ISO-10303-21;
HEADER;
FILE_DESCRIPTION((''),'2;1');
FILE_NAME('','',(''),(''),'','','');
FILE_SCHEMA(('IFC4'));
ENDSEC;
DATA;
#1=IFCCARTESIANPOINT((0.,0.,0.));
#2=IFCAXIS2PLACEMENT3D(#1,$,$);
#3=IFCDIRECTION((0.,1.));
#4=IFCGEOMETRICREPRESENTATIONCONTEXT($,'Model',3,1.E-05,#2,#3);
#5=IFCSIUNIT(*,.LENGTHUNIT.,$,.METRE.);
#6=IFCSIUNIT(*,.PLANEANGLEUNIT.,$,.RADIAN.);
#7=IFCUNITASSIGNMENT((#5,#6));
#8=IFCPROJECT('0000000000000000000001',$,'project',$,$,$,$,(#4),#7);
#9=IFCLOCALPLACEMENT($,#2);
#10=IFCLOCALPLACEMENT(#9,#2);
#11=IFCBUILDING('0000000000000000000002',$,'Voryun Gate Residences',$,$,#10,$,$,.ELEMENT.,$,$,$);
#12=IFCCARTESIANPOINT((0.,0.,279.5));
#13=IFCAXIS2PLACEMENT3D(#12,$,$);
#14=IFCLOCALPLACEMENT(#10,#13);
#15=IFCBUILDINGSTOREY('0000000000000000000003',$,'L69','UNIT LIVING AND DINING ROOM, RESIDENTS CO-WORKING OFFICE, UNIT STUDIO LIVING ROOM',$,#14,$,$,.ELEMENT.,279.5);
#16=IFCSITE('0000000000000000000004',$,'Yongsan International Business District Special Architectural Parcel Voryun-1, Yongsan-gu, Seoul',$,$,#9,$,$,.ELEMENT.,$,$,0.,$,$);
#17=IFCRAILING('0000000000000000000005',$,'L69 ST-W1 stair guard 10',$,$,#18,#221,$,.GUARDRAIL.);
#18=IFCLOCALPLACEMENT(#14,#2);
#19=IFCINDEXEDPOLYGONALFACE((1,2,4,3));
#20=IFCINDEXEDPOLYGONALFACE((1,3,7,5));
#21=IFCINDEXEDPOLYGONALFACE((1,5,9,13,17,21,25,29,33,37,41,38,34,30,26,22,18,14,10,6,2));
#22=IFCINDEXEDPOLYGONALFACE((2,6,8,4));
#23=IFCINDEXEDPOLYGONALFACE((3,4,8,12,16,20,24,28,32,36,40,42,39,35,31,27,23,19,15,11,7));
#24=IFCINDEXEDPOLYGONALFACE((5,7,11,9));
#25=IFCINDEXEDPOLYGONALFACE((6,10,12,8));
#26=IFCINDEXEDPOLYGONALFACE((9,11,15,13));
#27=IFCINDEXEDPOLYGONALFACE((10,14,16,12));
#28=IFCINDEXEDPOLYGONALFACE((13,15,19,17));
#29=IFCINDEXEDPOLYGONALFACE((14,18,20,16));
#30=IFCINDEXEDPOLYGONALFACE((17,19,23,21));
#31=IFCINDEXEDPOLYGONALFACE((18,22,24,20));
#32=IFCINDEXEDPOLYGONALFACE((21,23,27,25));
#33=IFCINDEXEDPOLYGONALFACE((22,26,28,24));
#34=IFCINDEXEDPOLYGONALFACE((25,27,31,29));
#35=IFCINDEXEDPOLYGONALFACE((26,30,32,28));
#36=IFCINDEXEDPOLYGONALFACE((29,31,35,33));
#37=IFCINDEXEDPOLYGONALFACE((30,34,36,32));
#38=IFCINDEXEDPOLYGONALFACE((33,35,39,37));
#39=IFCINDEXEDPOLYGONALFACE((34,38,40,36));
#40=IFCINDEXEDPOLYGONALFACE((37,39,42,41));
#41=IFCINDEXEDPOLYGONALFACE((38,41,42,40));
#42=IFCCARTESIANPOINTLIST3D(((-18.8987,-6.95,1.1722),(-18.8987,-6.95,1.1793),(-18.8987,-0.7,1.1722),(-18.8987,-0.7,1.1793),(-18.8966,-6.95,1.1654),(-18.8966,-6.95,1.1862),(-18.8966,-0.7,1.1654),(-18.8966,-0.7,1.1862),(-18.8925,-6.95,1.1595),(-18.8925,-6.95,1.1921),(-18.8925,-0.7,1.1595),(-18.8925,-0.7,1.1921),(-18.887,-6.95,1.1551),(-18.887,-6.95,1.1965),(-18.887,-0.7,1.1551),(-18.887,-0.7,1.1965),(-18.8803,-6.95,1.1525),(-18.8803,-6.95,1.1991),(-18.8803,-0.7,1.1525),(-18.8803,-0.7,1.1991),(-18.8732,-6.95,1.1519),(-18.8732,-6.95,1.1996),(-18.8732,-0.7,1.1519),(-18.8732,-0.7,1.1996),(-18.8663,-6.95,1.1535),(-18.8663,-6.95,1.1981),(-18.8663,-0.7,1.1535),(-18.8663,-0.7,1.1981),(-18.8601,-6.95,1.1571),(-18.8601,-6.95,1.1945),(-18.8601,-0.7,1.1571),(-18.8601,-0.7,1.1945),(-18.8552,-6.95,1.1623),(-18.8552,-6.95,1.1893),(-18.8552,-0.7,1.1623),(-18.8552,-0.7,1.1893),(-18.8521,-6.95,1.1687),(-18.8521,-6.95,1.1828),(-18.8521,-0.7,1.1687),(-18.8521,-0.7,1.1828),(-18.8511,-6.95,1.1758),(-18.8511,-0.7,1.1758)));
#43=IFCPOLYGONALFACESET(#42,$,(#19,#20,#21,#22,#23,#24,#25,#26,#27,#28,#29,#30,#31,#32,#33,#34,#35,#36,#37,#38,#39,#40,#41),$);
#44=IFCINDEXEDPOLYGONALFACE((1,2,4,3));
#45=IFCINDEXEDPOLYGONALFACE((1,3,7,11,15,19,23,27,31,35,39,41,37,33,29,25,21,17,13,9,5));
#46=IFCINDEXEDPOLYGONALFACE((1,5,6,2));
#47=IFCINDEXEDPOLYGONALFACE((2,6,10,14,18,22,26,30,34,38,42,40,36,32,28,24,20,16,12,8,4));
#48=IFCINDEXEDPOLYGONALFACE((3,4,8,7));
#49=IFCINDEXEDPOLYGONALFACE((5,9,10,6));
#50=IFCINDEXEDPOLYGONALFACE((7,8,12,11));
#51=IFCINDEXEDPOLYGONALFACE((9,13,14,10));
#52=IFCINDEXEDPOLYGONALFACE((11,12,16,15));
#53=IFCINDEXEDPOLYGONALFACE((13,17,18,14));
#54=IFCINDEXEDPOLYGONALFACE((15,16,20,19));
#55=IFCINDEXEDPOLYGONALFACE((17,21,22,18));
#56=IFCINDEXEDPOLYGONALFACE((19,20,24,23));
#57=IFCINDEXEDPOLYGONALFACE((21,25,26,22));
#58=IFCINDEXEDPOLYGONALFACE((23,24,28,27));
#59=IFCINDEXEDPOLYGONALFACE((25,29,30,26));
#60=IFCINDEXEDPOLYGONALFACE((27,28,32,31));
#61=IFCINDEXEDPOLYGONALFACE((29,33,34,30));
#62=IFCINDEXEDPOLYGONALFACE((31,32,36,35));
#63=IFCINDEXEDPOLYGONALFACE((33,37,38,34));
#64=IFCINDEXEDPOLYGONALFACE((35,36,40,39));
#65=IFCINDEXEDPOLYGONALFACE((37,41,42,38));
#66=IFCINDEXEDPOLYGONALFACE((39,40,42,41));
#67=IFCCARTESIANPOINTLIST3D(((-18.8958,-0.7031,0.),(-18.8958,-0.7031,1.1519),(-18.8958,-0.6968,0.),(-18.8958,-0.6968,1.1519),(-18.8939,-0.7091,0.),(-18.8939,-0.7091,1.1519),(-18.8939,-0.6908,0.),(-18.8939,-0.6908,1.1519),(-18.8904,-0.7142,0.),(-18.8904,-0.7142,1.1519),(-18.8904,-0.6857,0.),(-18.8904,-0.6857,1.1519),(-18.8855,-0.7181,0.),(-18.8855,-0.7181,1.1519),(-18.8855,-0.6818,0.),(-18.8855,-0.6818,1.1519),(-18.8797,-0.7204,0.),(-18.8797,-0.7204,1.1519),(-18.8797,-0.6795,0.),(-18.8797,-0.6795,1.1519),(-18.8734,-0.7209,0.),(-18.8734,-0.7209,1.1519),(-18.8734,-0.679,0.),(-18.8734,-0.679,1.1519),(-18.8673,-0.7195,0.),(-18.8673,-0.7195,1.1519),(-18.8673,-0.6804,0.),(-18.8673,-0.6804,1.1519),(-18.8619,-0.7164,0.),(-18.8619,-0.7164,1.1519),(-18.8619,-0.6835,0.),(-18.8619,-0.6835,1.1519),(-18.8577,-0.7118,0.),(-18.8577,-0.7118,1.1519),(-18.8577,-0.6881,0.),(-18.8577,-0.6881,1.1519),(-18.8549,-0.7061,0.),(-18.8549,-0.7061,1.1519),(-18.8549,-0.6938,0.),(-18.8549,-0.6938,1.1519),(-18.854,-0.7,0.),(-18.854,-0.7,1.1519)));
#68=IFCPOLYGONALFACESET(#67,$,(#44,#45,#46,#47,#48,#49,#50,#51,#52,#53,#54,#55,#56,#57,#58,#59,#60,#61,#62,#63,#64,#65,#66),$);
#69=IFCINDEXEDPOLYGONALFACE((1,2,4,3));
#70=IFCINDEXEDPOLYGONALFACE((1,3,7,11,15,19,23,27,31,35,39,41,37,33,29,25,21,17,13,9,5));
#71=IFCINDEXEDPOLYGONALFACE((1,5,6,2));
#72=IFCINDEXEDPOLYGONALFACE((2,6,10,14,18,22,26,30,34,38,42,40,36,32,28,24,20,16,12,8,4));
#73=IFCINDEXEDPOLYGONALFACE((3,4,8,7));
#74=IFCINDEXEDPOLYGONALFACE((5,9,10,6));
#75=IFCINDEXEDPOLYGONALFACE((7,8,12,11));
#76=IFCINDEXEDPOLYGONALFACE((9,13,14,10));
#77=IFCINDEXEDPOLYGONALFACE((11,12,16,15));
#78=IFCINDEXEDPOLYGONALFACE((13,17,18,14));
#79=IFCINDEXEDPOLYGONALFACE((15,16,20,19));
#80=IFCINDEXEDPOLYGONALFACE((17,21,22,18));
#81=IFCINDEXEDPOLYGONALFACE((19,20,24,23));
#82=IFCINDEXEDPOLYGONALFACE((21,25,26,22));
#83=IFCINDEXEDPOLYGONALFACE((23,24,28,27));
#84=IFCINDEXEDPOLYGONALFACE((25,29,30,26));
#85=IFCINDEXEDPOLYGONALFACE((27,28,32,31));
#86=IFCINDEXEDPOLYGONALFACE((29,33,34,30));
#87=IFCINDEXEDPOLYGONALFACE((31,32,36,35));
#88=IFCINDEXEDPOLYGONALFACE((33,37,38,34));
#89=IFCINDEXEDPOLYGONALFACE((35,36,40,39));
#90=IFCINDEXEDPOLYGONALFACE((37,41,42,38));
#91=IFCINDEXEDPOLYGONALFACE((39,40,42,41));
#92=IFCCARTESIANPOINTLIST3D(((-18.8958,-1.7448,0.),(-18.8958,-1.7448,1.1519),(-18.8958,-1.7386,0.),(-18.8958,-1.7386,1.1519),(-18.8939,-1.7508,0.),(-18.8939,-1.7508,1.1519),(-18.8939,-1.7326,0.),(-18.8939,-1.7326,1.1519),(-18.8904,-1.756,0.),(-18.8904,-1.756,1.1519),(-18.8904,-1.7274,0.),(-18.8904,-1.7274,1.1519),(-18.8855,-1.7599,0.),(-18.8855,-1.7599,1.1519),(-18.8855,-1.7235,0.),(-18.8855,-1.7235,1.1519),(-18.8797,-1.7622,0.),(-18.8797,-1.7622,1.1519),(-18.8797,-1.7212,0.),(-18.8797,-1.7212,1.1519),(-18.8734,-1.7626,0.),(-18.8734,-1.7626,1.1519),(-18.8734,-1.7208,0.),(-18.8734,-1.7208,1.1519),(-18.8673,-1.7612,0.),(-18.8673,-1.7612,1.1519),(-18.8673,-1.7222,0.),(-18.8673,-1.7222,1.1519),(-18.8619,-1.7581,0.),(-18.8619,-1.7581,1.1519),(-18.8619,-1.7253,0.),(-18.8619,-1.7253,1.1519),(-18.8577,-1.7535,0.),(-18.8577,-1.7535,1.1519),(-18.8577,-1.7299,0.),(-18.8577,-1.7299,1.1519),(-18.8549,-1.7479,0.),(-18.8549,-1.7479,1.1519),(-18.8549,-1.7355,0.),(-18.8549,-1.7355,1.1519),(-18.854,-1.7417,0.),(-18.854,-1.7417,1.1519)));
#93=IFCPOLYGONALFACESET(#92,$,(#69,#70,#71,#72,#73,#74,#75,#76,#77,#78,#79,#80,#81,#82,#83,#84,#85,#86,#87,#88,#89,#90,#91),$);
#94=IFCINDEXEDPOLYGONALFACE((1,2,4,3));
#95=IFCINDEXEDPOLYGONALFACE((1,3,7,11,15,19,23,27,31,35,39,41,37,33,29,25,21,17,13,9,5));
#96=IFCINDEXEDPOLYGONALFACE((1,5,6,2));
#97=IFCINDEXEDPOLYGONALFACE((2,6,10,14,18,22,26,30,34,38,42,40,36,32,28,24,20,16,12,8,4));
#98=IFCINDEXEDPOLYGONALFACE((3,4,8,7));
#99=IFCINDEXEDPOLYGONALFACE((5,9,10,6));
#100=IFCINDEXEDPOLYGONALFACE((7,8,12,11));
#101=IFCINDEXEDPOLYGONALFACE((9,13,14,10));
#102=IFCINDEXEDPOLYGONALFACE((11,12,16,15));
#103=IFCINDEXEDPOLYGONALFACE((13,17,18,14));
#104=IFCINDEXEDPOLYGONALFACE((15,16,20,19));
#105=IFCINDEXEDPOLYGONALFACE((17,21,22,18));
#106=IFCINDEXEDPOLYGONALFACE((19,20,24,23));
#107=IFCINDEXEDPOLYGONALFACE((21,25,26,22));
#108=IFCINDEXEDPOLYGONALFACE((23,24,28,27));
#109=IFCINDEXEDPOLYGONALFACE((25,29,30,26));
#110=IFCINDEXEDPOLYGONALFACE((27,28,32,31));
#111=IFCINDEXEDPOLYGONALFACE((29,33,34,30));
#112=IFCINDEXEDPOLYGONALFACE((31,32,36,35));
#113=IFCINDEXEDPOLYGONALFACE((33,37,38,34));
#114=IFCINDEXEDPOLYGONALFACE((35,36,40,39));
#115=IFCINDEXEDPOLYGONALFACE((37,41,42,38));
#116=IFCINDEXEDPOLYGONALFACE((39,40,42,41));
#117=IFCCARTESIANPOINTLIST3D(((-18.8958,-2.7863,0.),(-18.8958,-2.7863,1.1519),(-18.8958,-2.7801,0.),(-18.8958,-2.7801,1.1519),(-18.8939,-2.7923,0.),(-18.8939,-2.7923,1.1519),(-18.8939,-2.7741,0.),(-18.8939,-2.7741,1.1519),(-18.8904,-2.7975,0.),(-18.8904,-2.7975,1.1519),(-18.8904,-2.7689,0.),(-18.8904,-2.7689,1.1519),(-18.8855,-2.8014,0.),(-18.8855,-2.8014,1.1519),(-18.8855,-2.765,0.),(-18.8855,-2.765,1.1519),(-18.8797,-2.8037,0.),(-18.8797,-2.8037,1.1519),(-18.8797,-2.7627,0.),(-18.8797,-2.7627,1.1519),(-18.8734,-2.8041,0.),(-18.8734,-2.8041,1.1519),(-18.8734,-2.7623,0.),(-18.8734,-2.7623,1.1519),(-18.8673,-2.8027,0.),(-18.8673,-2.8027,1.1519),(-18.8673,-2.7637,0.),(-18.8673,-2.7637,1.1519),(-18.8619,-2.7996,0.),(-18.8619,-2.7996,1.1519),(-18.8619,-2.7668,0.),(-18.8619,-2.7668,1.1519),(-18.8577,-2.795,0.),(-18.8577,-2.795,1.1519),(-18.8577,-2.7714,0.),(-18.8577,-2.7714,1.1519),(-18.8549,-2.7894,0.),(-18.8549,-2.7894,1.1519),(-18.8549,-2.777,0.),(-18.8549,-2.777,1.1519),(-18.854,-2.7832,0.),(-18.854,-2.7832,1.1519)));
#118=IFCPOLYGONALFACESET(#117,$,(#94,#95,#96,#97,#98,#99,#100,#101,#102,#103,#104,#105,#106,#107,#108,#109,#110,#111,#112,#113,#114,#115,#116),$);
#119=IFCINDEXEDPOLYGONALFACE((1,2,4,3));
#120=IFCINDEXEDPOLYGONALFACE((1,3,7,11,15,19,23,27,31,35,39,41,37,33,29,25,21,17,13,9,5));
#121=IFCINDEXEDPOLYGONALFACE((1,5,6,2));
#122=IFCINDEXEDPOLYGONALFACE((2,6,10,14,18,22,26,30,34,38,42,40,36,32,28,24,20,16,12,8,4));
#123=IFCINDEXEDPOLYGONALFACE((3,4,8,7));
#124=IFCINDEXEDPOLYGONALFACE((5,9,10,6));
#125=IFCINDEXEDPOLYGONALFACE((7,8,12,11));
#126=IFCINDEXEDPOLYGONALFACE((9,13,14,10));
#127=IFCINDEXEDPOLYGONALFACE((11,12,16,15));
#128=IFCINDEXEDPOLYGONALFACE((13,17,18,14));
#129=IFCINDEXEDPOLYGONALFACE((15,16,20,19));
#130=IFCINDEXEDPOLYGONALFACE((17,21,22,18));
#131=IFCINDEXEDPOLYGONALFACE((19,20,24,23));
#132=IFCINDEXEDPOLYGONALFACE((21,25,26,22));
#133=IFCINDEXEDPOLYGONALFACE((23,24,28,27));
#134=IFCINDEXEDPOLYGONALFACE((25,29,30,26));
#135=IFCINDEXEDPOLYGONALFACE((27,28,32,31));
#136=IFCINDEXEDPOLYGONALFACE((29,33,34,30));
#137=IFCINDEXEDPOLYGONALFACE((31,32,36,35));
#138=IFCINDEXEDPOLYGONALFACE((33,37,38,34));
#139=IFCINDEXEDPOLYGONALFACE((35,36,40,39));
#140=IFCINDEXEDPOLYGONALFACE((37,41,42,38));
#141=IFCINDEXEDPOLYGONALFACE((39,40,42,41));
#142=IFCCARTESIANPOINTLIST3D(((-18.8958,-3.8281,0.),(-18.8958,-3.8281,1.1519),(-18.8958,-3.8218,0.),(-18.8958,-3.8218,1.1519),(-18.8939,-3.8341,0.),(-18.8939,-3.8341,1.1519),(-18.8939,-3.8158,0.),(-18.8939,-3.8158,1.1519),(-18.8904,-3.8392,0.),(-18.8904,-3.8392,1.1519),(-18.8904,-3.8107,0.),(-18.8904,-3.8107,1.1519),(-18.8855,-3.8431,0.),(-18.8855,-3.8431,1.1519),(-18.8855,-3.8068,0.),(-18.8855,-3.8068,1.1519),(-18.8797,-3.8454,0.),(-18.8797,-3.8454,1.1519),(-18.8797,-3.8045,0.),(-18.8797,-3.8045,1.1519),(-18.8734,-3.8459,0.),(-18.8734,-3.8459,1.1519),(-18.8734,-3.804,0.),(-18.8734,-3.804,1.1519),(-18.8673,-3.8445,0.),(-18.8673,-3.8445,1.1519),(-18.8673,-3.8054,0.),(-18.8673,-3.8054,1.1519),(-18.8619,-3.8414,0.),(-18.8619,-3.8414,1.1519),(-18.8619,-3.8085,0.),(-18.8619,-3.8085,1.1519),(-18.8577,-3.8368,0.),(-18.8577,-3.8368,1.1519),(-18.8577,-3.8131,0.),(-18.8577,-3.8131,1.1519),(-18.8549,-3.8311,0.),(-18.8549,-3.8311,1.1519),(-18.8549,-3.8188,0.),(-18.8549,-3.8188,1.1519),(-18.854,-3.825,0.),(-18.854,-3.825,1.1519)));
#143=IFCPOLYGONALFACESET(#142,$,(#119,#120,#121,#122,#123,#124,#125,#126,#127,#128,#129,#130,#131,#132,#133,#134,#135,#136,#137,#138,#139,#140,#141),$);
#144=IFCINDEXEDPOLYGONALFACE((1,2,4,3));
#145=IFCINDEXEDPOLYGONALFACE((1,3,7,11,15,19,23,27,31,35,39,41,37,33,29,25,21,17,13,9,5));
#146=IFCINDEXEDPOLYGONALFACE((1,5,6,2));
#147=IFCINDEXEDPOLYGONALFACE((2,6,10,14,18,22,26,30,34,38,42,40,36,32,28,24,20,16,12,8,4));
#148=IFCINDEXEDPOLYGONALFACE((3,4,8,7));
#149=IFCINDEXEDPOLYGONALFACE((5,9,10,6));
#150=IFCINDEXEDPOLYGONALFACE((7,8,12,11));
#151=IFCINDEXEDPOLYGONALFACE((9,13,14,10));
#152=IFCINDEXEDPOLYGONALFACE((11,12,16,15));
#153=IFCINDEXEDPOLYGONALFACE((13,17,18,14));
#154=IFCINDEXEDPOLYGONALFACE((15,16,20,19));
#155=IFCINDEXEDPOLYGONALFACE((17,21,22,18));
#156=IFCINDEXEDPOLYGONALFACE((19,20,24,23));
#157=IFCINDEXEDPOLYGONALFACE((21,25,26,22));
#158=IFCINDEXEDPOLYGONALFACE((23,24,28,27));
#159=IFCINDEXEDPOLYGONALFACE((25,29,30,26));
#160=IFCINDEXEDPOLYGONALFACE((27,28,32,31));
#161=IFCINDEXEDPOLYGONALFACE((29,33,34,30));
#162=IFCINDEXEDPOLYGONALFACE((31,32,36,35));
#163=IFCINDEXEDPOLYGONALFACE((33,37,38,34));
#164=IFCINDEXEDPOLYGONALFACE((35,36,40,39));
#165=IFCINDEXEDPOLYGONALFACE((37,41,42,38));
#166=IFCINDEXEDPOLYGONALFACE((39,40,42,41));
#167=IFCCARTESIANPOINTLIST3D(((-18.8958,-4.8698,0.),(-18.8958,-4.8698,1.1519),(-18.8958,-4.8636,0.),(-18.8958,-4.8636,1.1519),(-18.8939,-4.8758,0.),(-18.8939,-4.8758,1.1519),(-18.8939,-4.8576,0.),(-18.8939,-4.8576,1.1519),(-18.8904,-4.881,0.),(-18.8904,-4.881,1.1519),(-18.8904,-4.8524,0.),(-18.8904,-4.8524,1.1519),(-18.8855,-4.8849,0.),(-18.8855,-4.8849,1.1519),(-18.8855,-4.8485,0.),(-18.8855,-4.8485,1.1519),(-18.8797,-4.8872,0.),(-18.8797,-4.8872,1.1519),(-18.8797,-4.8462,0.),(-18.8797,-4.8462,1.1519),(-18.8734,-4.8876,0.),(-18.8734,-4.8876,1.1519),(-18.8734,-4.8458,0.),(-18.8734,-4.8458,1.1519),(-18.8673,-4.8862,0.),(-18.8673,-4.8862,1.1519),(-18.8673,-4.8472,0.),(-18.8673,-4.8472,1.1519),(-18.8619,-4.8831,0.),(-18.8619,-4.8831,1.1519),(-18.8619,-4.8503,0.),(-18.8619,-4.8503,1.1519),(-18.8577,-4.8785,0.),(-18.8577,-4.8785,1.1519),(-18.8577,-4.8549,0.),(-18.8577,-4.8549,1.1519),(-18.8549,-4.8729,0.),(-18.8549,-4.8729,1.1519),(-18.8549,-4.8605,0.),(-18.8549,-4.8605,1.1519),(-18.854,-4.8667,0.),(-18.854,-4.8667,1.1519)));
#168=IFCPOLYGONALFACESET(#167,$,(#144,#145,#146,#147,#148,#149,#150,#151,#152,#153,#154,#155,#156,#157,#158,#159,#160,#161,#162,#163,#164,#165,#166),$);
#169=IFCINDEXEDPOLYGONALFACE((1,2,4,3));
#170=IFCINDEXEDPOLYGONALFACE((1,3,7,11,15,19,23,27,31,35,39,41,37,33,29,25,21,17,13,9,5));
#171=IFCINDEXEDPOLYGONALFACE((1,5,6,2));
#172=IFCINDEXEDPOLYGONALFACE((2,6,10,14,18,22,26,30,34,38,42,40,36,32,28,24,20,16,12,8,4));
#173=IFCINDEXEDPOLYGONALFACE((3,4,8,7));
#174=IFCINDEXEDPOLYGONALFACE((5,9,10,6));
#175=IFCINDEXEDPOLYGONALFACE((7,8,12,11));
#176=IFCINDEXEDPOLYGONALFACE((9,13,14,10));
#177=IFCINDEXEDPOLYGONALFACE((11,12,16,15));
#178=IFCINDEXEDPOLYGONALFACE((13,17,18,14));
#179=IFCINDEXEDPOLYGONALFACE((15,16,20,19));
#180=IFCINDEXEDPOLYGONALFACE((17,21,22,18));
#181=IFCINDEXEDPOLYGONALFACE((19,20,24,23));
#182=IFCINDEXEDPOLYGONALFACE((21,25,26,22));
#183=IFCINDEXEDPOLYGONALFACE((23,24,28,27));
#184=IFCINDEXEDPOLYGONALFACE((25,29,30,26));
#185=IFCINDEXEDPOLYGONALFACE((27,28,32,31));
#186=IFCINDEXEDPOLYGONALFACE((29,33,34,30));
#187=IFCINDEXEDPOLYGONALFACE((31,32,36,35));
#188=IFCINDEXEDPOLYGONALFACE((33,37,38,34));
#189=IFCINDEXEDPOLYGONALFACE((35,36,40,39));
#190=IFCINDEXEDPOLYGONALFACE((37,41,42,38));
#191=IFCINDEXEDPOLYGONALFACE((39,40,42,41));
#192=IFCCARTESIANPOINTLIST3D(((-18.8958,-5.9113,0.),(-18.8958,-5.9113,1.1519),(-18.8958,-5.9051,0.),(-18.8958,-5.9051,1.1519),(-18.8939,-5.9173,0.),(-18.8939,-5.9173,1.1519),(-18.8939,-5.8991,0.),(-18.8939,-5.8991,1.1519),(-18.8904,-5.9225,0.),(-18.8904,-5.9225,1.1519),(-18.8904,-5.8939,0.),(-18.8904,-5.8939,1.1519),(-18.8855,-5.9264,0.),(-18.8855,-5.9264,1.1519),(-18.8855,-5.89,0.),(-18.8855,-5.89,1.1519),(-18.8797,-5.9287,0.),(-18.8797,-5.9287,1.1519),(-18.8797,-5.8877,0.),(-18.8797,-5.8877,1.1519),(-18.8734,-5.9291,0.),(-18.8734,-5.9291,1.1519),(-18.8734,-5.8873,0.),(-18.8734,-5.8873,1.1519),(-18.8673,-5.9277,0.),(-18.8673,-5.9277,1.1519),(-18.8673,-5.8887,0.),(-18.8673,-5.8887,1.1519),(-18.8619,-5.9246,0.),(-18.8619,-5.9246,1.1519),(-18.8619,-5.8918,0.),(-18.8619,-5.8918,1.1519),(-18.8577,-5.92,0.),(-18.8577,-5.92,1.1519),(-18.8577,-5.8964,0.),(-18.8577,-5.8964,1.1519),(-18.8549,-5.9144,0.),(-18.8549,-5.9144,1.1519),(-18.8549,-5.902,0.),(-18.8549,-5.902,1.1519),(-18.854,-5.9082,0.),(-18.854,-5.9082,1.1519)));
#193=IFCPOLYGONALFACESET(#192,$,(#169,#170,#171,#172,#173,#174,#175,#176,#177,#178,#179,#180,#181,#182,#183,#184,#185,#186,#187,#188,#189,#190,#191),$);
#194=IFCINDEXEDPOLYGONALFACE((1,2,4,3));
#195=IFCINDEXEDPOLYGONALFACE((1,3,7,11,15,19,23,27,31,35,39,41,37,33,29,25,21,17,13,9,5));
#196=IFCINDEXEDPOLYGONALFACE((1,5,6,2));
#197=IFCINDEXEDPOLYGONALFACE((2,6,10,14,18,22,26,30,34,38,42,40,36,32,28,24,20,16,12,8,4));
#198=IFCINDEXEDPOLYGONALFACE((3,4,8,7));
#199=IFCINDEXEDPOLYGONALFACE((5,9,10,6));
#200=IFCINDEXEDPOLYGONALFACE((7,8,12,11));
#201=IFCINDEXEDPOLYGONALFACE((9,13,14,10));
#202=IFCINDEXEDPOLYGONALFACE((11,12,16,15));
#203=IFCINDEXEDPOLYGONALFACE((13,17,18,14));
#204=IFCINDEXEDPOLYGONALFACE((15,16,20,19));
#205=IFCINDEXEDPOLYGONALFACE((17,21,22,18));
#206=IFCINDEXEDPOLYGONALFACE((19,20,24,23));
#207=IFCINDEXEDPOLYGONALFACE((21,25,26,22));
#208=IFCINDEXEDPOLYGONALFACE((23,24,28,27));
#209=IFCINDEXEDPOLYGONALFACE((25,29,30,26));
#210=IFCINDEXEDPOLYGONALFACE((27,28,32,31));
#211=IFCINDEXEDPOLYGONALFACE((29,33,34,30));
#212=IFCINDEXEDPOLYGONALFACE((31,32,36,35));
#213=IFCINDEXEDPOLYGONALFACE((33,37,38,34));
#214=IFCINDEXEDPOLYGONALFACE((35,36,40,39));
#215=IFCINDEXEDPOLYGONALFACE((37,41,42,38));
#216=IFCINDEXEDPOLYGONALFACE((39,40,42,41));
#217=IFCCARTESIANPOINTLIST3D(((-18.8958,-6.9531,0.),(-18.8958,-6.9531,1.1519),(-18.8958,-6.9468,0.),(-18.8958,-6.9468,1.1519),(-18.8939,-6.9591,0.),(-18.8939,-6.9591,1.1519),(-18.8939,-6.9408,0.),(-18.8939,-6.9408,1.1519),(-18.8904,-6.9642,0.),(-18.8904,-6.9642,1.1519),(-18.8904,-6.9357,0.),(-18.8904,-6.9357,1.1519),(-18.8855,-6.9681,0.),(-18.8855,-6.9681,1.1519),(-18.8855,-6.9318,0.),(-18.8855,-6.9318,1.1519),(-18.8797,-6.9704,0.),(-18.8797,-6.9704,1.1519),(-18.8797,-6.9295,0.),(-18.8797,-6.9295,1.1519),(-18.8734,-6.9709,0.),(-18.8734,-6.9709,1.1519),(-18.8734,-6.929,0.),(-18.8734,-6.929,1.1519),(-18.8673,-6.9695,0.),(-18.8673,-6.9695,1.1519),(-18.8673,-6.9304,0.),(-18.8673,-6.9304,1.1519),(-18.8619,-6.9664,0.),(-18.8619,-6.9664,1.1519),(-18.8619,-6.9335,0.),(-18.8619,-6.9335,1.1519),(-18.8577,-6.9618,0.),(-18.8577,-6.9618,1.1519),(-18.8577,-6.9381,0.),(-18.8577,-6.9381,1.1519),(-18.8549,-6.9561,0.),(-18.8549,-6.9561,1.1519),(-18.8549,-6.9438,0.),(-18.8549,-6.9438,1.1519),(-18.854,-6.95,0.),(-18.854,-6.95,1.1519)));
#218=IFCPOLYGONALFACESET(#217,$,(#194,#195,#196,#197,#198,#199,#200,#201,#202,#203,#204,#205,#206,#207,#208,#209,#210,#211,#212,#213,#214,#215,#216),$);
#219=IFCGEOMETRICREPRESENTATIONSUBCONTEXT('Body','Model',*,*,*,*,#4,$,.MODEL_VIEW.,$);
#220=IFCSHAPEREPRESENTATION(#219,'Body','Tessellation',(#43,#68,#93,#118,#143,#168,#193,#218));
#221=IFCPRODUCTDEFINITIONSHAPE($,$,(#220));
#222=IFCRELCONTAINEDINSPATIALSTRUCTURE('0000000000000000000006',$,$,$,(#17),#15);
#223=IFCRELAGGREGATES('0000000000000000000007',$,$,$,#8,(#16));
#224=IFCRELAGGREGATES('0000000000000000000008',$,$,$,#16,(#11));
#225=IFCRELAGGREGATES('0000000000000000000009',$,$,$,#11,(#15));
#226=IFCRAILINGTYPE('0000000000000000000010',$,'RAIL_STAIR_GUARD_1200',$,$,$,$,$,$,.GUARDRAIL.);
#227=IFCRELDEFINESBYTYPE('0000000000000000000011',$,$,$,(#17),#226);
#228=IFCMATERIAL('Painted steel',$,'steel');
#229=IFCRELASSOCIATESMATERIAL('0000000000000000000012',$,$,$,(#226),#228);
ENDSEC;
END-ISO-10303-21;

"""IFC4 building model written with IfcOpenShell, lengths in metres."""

from ifc_helpers import new_model, si_unit, direction, frame, origin, origin_2d, place, context, subcontext, project, spatial, circle, extrude, material, type_object, element, save


model = new_model("IFC4")

# Units and contexts
model_context = context("Model", 3, precision=1e-05, world=origin(), true_north=direction((0.0, 1.0)))
body_context = subcontext(model_context, "Body", "Model", "MODEL_VIEW")
ifc_project = project(units=[si_unit("LENGTHUNIT", "METRE"), si_unit("PLANEANGLEUNIT", "RADIAN")], contexts=[model_context])

# Site, building, storey
site_placement = place(None, origin())
site = spatial("IfcSite", under=ifc_project, at=site_placement, Name="Yongsan International Business District Special Architectural Parcel Voryun-1, Yongsan-gu, Seoul", CompositionType="ELEMENT", RefElevation=0.0)
building_placement = place(site_placement, origin())
building = spatial("IfcBuilding", under=site, at=building_placement, Name="Voryun Gate Residences", CompositionType="ELEMENT")
storey_placement = place(building_placement, frame((0.0, 0.0, 279.5)))
storey = spatial("IfcBuildingStorey", under=building, at=storey_placement, Name="L69", Description="UNIT LIVING AND DINING ROOM, RESIDENTS CO-WORKING OFFICE, UNIT STUDIO LIVING ROOM", CompositionType="ELEMENT", Elevation=279.5)

# Railing
ifc_material_1 = material(Name="Painted steel", Category="steel")
railing_type_1 = type_object("IfcRailingType", Name="RAIL_STAIR_GUARD_1200", PredefinedType="GUARDRAIL", material=ifc_material_1)
railing_1_placement = place(storey_placement, frame((-18.875, -0.7, 0.0)))
element("IfcRailing", 1, at=railing_1_placement, inside=storey, type_object=railing_type_1, Name="L69 ST-W1 stair guard 10", PredefinedType="GUARDRAIL", context=body_context, shape_type="SweptSolid", body=[
    extrude(circle(Radius=0.0239, at=origin_2d()), frame((0.0, 0.0, 1.1758), z_axis=(0.0, -1.0, 0.0), x_axis=(1.0, 0.0, 0.0)), (0.0, 0.0, 1.0), 6.25),
    extrude(circle(Radius=0.021, at=origin_2d()), origin(), (0.0, 0.0, 1.0), 1.1519),
    extrude(circle(Radius=0.021, at=origin_2d()), frame((0.0, -1.0417, 0.0)), (0.0, 0.0, 1.0), 1.1519),
    extrude(circle(Radius=0.021, at=origin_2d()), frame((0.0, -2.0833, 0.0)), (0.0, 0.0, 1.0), 1.1519),
    extrude(circle(Radius=0.021, at=origin_2d()), frame((0.0, -3.125, 0.0)), (0.0, 0.0, 1.0), 1.1519),
    extrude(circle(Radius=0.021, at=origin_2d()), frame((0.0, -4.1667, 0.0)), (0.0, 0.0, 1.0), 1.1519),
    extrude(circle(Radius=0.021, at=origin_2d()), frame((0.0, -5.2083, 0.0)), (0.0, 0.0, 1.0), 1.1519),
    extrude(circle(Radius=0.021, at=origin_2d()), frame((0.0, -6.25, 0.0)), (0.0, 0.0, 1.0), 1.1519),
])

save(model, "model.ifc")
